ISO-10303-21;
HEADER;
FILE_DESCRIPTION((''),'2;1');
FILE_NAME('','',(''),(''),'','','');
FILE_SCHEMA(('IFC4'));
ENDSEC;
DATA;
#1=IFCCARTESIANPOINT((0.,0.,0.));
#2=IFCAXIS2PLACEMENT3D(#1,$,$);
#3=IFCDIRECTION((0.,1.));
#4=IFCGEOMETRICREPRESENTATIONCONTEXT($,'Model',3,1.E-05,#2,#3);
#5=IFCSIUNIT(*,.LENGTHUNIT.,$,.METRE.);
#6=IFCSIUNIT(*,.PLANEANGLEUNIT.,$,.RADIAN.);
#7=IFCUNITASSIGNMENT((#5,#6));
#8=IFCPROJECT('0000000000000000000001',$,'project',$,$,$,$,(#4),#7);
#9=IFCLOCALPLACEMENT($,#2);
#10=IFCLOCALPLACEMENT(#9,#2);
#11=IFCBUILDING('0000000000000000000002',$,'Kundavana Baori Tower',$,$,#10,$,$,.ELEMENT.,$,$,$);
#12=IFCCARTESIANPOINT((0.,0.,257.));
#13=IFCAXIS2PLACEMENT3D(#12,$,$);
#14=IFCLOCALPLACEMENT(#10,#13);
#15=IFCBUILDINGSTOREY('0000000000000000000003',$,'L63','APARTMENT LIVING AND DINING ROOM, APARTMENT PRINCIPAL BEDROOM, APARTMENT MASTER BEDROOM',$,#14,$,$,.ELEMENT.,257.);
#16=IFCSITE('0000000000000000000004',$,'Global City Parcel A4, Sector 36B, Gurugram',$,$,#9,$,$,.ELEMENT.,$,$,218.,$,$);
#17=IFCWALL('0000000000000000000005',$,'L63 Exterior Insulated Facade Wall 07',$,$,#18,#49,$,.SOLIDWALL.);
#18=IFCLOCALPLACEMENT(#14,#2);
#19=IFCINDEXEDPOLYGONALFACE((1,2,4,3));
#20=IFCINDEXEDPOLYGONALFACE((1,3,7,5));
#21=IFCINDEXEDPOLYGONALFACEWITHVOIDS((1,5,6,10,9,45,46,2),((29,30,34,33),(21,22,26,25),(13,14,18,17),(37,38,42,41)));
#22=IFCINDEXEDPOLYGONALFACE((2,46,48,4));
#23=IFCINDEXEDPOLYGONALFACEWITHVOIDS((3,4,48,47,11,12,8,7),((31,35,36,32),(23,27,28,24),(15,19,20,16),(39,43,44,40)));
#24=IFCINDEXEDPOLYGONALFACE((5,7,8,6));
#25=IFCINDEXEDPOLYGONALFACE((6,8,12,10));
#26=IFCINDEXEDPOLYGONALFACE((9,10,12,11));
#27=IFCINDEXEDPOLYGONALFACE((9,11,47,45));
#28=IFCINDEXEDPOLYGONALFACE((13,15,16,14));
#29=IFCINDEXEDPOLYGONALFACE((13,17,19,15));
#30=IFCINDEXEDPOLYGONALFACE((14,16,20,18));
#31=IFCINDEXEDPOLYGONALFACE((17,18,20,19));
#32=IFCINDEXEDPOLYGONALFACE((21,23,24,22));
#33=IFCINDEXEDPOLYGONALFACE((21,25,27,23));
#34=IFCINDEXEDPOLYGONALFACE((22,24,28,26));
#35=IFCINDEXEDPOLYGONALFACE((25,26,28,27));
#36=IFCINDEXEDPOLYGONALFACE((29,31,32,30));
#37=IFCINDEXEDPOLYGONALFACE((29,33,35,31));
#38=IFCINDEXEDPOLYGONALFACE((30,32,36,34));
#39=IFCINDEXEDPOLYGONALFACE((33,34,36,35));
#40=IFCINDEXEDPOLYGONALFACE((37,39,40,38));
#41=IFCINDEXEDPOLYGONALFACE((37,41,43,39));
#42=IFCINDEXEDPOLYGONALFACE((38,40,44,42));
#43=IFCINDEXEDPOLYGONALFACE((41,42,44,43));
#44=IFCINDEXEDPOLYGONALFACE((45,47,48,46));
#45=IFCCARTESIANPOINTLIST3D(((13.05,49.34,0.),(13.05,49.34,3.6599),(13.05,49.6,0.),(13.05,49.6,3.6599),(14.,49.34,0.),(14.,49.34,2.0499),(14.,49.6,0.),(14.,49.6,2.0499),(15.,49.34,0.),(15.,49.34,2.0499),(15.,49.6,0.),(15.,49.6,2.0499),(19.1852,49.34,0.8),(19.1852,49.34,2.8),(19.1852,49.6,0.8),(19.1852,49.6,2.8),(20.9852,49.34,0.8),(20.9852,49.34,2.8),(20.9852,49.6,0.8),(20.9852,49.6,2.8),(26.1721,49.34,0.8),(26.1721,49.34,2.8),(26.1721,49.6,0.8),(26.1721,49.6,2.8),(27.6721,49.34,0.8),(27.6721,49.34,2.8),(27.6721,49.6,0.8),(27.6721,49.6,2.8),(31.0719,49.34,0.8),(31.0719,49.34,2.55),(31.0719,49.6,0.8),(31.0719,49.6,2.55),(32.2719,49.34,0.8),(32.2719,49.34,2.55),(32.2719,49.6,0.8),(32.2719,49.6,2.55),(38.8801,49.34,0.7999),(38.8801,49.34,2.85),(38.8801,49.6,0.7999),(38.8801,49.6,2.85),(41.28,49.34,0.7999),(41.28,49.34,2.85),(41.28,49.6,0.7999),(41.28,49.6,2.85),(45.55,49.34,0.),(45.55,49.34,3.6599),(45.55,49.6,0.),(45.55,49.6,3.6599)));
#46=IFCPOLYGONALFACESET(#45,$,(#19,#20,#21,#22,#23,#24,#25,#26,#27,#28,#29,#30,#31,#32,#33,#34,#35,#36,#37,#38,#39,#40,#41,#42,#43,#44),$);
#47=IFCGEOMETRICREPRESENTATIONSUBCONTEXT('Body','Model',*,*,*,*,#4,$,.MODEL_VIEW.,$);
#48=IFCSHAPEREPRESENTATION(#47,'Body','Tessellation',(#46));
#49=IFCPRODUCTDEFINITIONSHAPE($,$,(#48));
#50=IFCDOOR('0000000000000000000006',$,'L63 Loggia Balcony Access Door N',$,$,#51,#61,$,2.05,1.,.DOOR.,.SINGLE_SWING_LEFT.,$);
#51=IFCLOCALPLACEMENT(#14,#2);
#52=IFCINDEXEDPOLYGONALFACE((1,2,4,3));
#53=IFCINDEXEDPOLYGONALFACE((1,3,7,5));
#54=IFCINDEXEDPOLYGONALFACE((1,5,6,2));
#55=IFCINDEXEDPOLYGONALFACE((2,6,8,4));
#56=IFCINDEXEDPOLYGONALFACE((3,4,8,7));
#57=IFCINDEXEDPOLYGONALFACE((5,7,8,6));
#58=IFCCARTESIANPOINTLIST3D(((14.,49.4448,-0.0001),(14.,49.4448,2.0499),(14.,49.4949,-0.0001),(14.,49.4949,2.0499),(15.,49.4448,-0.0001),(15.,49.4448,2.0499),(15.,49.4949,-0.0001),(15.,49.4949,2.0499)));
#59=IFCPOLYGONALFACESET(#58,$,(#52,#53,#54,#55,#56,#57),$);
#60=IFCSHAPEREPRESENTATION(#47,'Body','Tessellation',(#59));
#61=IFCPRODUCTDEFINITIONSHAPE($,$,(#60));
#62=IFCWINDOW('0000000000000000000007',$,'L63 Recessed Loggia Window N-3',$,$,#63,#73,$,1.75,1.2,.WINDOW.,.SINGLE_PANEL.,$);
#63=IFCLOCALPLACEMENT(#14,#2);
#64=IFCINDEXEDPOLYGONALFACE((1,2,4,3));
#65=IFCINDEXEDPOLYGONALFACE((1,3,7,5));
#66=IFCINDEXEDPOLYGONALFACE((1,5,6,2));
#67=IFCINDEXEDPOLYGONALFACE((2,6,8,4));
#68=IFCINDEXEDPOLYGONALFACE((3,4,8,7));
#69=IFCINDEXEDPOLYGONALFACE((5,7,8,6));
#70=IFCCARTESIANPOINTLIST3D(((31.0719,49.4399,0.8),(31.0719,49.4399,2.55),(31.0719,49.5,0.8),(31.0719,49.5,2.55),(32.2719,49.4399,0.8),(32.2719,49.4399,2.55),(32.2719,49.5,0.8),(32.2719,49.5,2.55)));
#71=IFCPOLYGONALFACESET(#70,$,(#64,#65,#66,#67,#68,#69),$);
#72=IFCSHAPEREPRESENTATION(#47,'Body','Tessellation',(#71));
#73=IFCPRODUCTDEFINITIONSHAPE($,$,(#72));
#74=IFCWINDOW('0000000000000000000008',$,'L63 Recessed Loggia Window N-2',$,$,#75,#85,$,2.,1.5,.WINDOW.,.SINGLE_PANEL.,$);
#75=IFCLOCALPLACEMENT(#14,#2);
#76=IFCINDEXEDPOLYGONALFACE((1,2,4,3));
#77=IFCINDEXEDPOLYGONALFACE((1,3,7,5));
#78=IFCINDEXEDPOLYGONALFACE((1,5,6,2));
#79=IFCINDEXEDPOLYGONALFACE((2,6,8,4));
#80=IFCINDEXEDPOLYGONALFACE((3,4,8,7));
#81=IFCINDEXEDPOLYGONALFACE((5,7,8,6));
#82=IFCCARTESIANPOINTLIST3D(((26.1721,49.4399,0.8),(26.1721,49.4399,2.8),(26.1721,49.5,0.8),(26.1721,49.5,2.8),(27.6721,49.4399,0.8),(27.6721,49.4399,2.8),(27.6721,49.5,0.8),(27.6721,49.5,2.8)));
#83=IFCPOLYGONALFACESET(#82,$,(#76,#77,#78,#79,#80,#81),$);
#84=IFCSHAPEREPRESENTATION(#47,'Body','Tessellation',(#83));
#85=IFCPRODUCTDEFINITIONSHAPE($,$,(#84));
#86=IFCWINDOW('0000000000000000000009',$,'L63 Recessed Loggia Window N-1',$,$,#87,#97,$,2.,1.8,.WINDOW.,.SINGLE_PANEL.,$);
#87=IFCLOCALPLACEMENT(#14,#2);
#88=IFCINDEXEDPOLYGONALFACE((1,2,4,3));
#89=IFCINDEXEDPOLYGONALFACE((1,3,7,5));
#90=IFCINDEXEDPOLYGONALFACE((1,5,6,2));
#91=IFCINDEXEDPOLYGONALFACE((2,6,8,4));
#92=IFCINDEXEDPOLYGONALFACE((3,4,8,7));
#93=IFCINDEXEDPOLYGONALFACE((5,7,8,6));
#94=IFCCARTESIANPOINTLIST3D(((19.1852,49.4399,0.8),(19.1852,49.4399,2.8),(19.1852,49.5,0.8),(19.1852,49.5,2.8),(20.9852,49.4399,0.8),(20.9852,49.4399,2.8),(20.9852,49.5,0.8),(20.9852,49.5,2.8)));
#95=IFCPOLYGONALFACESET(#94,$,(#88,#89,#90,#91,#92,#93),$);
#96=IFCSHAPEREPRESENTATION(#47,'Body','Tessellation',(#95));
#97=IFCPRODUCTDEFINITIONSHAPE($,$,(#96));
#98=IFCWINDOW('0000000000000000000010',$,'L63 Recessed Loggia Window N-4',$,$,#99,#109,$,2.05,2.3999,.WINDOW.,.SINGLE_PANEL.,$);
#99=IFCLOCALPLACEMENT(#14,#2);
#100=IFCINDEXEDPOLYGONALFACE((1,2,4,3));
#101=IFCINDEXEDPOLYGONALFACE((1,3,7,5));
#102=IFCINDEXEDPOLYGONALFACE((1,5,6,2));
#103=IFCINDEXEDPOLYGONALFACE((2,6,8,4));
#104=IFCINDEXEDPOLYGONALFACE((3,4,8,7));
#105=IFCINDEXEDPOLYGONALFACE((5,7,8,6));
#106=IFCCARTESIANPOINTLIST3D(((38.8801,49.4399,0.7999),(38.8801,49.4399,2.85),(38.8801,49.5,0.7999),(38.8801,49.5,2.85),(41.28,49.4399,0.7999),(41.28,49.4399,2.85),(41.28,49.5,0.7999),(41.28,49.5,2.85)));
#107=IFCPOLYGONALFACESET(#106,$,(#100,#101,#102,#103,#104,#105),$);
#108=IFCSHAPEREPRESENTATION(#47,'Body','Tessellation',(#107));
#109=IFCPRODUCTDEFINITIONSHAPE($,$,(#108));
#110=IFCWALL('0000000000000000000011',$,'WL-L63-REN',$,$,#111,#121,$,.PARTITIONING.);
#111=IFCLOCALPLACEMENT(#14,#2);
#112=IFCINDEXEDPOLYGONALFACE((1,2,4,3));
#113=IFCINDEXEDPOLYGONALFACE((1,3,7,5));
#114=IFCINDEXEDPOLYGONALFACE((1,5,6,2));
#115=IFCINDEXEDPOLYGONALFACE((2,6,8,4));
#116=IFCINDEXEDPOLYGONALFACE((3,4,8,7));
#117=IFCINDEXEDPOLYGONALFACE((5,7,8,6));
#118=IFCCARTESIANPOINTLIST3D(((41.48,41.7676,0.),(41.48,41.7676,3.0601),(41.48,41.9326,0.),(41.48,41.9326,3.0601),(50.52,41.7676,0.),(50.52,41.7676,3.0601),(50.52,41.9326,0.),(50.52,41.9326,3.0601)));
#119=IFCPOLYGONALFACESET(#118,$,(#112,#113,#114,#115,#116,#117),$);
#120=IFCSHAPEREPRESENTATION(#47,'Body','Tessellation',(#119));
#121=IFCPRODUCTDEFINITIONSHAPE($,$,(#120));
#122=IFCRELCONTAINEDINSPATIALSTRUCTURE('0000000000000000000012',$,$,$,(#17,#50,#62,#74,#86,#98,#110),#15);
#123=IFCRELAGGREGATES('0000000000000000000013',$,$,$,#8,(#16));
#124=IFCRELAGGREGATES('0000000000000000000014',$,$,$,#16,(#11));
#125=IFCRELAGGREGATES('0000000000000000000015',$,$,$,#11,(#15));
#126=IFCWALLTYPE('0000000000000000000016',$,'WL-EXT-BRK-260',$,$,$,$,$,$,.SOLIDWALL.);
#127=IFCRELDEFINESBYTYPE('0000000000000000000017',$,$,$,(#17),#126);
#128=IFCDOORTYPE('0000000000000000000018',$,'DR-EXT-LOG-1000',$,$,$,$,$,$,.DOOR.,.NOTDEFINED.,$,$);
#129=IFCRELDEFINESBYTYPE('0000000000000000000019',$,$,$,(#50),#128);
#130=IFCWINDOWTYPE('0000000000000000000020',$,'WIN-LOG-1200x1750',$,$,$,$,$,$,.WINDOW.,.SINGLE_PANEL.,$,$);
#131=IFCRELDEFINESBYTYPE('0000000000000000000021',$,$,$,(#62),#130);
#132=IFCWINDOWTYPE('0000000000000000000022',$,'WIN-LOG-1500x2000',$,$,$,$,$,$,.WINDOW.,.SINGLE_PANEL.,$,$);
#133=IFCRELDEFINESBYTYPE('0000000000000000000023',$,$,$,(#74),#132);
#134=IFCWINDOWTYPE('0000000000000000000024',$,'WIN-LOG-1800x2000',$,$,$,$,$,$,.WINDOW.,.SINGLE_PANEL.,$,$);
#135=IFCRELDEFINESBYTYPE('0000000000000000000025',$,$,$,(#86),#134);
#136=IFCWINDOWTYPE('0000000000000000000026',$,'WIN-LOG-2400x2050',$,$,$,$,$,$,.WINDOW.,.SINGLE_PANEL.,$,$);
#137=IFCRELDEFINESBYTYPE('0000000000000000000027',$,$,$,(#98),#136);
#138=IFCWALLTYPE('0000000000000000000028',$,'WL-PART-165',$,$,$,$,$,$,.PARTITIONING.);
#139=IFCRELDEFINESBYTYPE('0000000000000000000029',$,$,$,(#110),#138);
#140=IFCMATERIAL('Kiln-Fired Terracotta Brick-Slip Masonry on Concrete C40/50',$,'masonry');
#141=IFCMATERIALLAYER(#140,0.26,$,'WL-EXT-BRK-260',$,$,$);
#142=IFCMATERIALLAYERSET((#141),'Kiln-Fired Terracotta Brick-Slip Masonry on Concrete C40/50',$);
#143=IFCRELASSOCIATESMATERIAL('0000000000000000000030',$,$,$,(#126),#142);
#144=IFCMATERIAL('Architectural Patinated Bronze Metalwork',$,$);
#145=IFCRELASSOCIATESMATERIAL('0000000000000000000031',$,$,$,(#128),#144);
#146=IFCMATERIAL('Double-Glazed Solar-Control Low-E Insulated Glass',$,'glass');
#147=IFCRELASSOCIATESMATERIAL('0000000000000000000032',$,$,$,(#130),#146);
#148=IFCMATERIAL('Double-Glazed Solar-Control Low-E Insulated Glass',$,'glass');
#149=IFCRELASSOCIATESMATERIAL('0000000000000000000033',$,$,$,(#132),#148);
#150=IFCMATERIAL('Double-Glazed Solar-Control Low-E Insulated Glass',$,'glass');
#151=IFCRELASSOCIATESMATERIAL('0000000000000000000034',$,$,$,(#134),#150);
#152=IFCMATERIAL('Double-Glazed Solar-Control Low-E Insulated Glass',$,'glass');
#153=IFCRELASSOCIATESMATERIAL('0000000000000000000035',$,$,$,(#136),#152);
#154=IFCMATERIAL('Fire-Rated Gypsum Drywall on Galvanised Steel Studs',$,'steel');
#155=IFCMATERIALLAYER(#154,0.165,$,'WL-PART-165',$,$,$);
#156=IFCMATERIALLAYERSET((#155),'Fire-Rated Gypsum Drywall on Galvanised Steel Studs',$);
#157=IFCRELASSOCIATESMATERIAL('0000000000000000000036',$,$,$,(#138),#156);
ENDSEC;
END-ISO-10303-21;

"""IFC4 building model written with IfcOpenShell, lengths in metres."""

from ifc_helpers import new_model, si_unit, direction, frame, frame_2d, origin, place, context, subcontext, project, spatial, rectangle, extrude, material, layer, layer_set, type_object, element, fill, save


model = new_model("IFC4")

# Units and contexts
model_context = context("Model", 3, precision=1e-05, world=origin(), true_north=direction((0.0, 1.0)))
body_context = subcontext(model_context, "Body", "Model", "MODEL_VIEW")
ifc_project = project(units=[si_unit("LENGTHUNIT", "METRE"), si_unit("PLANEANGLEUNIT", "RADIAN")], contexts=[model_context])

# Site, building, storey
site_placement = place(None, origin())
site = spatial("IfcSite", under=ifc_project, at=site_placement, Name="Global City Parcel A4, Sector 36B, Gurugram", CompositionType="ELEMENT", RefElevation=218.0)
building_placement = place(site_placement, origin())
building = spatial("IfcBuilding", under=site, at=building_placement, Name="Kundavana Baori Tower", CompositionType="ELEMENT")
storey_placement = place(building_placement, frame((0.0, 0.0, 257.0)))
storey = spatial("IfcBuildingStorey", under=building, at=storey_placement, Name="L63", Description="APARTMENT LIVING AND DINING ROOM, APARTMENT PRINCIPAL BEDROOM, APARTMENT MASTER BEDROOM", CompositionType="ELEMENT", Elevation=257.0)

# Shared definitions
ifc_material_1 = material(Name="Kiln-Fired Terracotta Brick-Slip Masonry on Concrete C40/50", Category="masonry")
ifc_layer_1 = layer(ifc_material_1, 0.26, Name="WL-EXT-BRK-260")
ifc_layer_set_1 = layer_set([ifc_layer_1], Name="Kiln-Fired Terracotta Brick-Slip Masonry on Concrete C40/50")
wall_type_1 = type_object("IfcWallType", Name="WL-EXT-BRK-260", PredefinedType="SOLIDWALL", material=ifc_layer_set_1)

# Wall, openings, door, windows
wall_1_placement = place(storey_placement, frame((45.55, 49.47, 0.0), z_axis=(0.0, 0.0, 1.0), x_axis=(-1.0, 0.0, 0.0)))
wall_1 = element("IfcWall", 1, at=wall_1_placement, inside=storey, type_object=wall_type_1, Name="L63 Exterior Insulated Facade Wall 07", PredefinedType="SOLIDWALL", context=body_context, shape_type="SweptSolid", body=[
    extrude(rectangle(XDim=32.5, YDim=0.26, at=frame_2d((16.25, 0.0))), origin(), (0.0, 0.0, 1.0), 3.6599),
])
opening_1_placement = place(wall_1_placement, frame((30.55, 0.0, 0.0)))
opening_1 = element("IfcOpeningElement", 2, at=opening_1_placement, cuts=wall_1, PredefinedType="OPENING", context=body_context, shape_type="SweptSolid", body=[
    extrude(rectangle(XDim=1.0, YDim=2.05, at=frame_2d((0.5, 1.0249))), frame((0.0, 0.1401, 0.0), z_axis=(0.0, -1.0, 0.0), x_axis=(1.0, 0.0, 0.0)), (0.0, 0.0, 1.0), 0.28),
])
opening_2_placement = place(wall_1_placement, frame((24.5649, 0.0, 0.8)))
opening_2 = element("IfcOpeningElement", 3, at=opening_2_placement, cuts=wall_1, PredefinedType="OPENING", context=body_context, shape_type="SweptSolid", body=[
    extrude(rectangle(XDim=1.8, YDim=2.0, at=frame_2d((0.8999, 1.0))), frame((0.0, 0.1401, 0.0), z_axis=(0.0, -1.0, 0.0), x_axis=(1.0, 0.0, 0.0)), (0.0, 0.0, 1.0), 0.28),
])
opening_3_placement = place(wall_1_placement, frame((17.8779, 0.0, 0.8)))
opening_3 = element("IfcOpeningElement", 4, at=opening_3_placement, cuts=wall_1, PredefinedType="OPENING", context=body_context, shape_type="SweptSolid", body=[
    extrude(rectangle(XDim=1.5, YDim=2.0, at=frame_2d((0.75, 1.0))), frame((0.0, 0.1401, 0.0), z_axis=(0.0, -1.0, 0.0), x_axis=(1.0, 0.0, 0.0)), (0.0, 0.0, 1.0), 0.28),
])
opening_4_placement = place(wall_1_placement, frame((13.2781, 0.0, 0.8)))
opening_4 = element("IfcOpeningElement", 5, at=opening_4_placement, cuts=wall_1, PredefinedType="OPENING", context=body_context, shape_type="SweptSolid", body=[
    extrude(rectangle(XDim=1.2, YDim=1.75, at=frame_2d((0.6001, 0.875))), frame((0.0, 0.1401, 0.0), z_axis=(0.0, -1.0, 0.0), x_axis=(1.0, 0.0, 0.0)), (0.0, 0.0, 1.0), 0.28),
])
opening_5_placement = place(wall_1_placement, frame((4.27, 0.0, 0.8)))
opening_5 = element("IfcOpeningElement", 6, at=opening_5_placement, cuts=wall_1, PredefinedType="OPENING", context=body_context, shape_type="SweptSolid", body=[
    extrude(rectangle(XDim=2.3999, YDim=2.05, at=frame_2d((1.2, 1.0249))), frame((0.0, 0.1401, 0.0), z_axis=(0.0, -1.0, 0.0), x_axis=(1.0, 0.0, 0.0)), (0.0, 0.0, 1.0), 0.28),
])
ifc_material_2 = material(Name="Architectural Patinated Bronze Metalwork")
door_type_1 = type_object("IfcDoorType", Name="DR-EXT-LOG-1000", OperationType="NOTDEFINED", PredefinedType="DOOR", material=ifc_material_2)
door_1_placement = place(opening_1_placement, frame((1.0, 0.0, 0.0), z_axis=(0.0, 0.0, 1.0), x_axis=(-1.0, 0.0, 0.0)))
door_1 = element("IfcDoor", 7, at=door_1_placement, inside=storey, type_object=door_type_1, Name="L63 Loggia Balcony Access Door N", OperationType="SINGLE_SWING_LEFT", OverallHeight=2.05, OverallWidth=1.0, PredefinedType="DOOR", context=body_context, shape_type="SweptSolid", body=[
    extrude(rectangle(XDim=1.0, YDim=2.05, at=frame_2d((0.5, 1.0249))), frame((0.0, 0.0249, 0.0), z_axis=(0.0, -1.0, 0.0), x_axis=(1.0, 0.0, 0.0)), (0.0, 0.0, 1.0), 0.05),
])
fill(opening_1, door_1)
ifc_material_3 = material(Name="Double-Glazed Solar-Control Low-E Insulated Glass", Category="glass")
window_type_1 = type_object("IfcWindowType", Name="WIN-LOG-1200x1750", PartitioningType="SINGLE_PANEL", PredefinedType="WINDOW", material=ifc_material_3)
window_1_placement = place(opening_4_placement, origin())
window_1 = element("IfcWindow", 8, at=window_1_placement, inside=storey, type_object=window_type_1, Name="L63 Recessed Loggia Window N-3", OverallHeight=1.75, OverallWidth=1.2, PartitioningType="SINGLE_PANEL", PredefinedType="WINDOW", context=body_context, shape_type="SweptSolid", body=[
    extrude(rectangle(XDim=1.2, YDim=1.75, at=frame_2d((0.6001, 0.875))), frame((0.0, 0.03, 0.0), z_axis=(0.0, -1.0, 0.0), x_axis=(1.0, 0.0, 0.0)), (0.0, 0.0, 1.0), 0.0601),
])
fill(opening_4, window_1)
ifc_material_4 = material(Name="Double-Glazed Solar-Control Low-E Insulated Glass", Category="glass")
window_type_2 = type_object("IfcWindowType", Name="WIN-LOG-1500x2000", PartitioningType="SINGLE_PANEL", PredefinedType="WINDOW", material=ifc_material_4)
window_2_placement = place(opening_3_placement, origin())
window_2 = element("IfcWindow", 9, at=window_2_placement, inside=storey, type_object=window_type_2, Name="L63 Recessed Loggia Window N-2", OverallHeight=2.0, OverallWidth=1.5, PartitioningType="SINGLE_PANEL", PredefinedType="WINDOW", context=body_context, shape_type="SweptSolid", body=[
    extrude(rectangle(XDim=1.5, YDim=2.0, at=frame_2d((0.75, 1.0))), frame((0.0, 0.03, 0.0), z_axis=(0.0, -1.0, 0.0), x_axis=(1.0, 0.0, 0.0)), (0.0, 0.0, 1.0), 0.0601),
])
fill(opening_3, window_2)
ifc_material_5 = material(Name="Double-Glazed Solar-Control Low-E Insulated Glass", Category="glass")
window_type_3 = type_object("IfcWindowType", Name="WIN-LOG-1800x2000", PartitioningType="SINGLE_PANEL", PredefinedType="WINDOW", material=ifc_material_5)
window_3_placement = place(opening_2_placement, origin())
window_3 = element("IfcWindow", 10, at=window_3_placement, inside=storey, type_object=window_type_3, Name="L63 Recessed Loggia Window N-1", OverallHeight=2.0, OverallWidth=1.8, PartitioningType="SINGLE_PANEL", PredefinedType="WINDOW", context=body_context, shape_type="SweptSolid", body=[
    extrude(rectangle(XDim=1.8, YDim=2.0, at=frame_2d((0.8999, 1.0))), frame((0.0, 0.03, 0.0), z_axis=(0.0, -1.0, 0.0), x_axis=(1.0, 0.0, 0.0)), (0.0, 0.0, 1.0), 0.0601),
])
fill(opening_2, window_3)
ifc_material_6 = material(Name="Double-Glazed Solar-Control Low-E Insulated Glass", Category="glass")
window_type_4 = type_object("IfcWindowType", Name="WIN-LOG-2400x2050", PartitioningType="SINGLE_PANEL", PredefinedType="WINDOW", material=ifc_material_6)
window_4_placement = place(opening_5_placement, origin())
window_4 = element("IfcWindow", 11, at=window_4_placement, inside=storey, type_object=window_type_4, Name="L63 Recessed Loggia Window N-4", OverallHeight=2.05, OverallWidth=2.3999, PartitioningType="SINGLE_PANEL", PredefinedType="WINDOW", context=body_context, shape_type="SweptSolid", body=[
    extrude(rectangle(XDim=2.3999, YDim=2.05, at=frame_2d((1.2, 1.0249))), frame((0.0, 0.03, 0.0), z_axis=(0.0, -1.0, 0.0), x_axis=(1.0, 0.0, 0.0)), (0.0, 0.0, 1.0), 0.0601),
])
fill(opening_5, window_4)

# Wall
ifc_material_7 = material(Name="Fire-Rated Gypsum Drywall on Galvanised Steel Studs", Category="steel")
ifc_layer_2 = layer(ifc_material_7, 0.165, Name="WL-PART-165")
ifc_layer_set_2 = layer_set([ifc_layer_2], Name="Fire-Rated Gypsum Drywall on Galvanised Steel Studs")
wall_type_2 = type_object("IfcWallType", Name="WL-PART-165", PredefinedType="PARTITIONING", material=ifc_layer_set_2)
wall_2_placement = place(storey_placement, frame((41.48, 41.8501, 0.0), z_axis=(0.0, 0.0, 1.0), x_axis=(1.0, 0.0, 0.0)))
element("IfcWall", 12, at=wall_2_placement, inside=storey, type_object=wall_type_2, Name="WL-L63-REN", PredefinedType="PARTITIONING", context=body_context, shape_type="SweptSolid", body=[
    extrude(rectangle(XDim=9.04, YDim=0.165, at=frame_2d((4.52, 0.0))), origin(), (0.0, 0.0, 1.0), 3.0601),
])

save(model, "model.ifc")
